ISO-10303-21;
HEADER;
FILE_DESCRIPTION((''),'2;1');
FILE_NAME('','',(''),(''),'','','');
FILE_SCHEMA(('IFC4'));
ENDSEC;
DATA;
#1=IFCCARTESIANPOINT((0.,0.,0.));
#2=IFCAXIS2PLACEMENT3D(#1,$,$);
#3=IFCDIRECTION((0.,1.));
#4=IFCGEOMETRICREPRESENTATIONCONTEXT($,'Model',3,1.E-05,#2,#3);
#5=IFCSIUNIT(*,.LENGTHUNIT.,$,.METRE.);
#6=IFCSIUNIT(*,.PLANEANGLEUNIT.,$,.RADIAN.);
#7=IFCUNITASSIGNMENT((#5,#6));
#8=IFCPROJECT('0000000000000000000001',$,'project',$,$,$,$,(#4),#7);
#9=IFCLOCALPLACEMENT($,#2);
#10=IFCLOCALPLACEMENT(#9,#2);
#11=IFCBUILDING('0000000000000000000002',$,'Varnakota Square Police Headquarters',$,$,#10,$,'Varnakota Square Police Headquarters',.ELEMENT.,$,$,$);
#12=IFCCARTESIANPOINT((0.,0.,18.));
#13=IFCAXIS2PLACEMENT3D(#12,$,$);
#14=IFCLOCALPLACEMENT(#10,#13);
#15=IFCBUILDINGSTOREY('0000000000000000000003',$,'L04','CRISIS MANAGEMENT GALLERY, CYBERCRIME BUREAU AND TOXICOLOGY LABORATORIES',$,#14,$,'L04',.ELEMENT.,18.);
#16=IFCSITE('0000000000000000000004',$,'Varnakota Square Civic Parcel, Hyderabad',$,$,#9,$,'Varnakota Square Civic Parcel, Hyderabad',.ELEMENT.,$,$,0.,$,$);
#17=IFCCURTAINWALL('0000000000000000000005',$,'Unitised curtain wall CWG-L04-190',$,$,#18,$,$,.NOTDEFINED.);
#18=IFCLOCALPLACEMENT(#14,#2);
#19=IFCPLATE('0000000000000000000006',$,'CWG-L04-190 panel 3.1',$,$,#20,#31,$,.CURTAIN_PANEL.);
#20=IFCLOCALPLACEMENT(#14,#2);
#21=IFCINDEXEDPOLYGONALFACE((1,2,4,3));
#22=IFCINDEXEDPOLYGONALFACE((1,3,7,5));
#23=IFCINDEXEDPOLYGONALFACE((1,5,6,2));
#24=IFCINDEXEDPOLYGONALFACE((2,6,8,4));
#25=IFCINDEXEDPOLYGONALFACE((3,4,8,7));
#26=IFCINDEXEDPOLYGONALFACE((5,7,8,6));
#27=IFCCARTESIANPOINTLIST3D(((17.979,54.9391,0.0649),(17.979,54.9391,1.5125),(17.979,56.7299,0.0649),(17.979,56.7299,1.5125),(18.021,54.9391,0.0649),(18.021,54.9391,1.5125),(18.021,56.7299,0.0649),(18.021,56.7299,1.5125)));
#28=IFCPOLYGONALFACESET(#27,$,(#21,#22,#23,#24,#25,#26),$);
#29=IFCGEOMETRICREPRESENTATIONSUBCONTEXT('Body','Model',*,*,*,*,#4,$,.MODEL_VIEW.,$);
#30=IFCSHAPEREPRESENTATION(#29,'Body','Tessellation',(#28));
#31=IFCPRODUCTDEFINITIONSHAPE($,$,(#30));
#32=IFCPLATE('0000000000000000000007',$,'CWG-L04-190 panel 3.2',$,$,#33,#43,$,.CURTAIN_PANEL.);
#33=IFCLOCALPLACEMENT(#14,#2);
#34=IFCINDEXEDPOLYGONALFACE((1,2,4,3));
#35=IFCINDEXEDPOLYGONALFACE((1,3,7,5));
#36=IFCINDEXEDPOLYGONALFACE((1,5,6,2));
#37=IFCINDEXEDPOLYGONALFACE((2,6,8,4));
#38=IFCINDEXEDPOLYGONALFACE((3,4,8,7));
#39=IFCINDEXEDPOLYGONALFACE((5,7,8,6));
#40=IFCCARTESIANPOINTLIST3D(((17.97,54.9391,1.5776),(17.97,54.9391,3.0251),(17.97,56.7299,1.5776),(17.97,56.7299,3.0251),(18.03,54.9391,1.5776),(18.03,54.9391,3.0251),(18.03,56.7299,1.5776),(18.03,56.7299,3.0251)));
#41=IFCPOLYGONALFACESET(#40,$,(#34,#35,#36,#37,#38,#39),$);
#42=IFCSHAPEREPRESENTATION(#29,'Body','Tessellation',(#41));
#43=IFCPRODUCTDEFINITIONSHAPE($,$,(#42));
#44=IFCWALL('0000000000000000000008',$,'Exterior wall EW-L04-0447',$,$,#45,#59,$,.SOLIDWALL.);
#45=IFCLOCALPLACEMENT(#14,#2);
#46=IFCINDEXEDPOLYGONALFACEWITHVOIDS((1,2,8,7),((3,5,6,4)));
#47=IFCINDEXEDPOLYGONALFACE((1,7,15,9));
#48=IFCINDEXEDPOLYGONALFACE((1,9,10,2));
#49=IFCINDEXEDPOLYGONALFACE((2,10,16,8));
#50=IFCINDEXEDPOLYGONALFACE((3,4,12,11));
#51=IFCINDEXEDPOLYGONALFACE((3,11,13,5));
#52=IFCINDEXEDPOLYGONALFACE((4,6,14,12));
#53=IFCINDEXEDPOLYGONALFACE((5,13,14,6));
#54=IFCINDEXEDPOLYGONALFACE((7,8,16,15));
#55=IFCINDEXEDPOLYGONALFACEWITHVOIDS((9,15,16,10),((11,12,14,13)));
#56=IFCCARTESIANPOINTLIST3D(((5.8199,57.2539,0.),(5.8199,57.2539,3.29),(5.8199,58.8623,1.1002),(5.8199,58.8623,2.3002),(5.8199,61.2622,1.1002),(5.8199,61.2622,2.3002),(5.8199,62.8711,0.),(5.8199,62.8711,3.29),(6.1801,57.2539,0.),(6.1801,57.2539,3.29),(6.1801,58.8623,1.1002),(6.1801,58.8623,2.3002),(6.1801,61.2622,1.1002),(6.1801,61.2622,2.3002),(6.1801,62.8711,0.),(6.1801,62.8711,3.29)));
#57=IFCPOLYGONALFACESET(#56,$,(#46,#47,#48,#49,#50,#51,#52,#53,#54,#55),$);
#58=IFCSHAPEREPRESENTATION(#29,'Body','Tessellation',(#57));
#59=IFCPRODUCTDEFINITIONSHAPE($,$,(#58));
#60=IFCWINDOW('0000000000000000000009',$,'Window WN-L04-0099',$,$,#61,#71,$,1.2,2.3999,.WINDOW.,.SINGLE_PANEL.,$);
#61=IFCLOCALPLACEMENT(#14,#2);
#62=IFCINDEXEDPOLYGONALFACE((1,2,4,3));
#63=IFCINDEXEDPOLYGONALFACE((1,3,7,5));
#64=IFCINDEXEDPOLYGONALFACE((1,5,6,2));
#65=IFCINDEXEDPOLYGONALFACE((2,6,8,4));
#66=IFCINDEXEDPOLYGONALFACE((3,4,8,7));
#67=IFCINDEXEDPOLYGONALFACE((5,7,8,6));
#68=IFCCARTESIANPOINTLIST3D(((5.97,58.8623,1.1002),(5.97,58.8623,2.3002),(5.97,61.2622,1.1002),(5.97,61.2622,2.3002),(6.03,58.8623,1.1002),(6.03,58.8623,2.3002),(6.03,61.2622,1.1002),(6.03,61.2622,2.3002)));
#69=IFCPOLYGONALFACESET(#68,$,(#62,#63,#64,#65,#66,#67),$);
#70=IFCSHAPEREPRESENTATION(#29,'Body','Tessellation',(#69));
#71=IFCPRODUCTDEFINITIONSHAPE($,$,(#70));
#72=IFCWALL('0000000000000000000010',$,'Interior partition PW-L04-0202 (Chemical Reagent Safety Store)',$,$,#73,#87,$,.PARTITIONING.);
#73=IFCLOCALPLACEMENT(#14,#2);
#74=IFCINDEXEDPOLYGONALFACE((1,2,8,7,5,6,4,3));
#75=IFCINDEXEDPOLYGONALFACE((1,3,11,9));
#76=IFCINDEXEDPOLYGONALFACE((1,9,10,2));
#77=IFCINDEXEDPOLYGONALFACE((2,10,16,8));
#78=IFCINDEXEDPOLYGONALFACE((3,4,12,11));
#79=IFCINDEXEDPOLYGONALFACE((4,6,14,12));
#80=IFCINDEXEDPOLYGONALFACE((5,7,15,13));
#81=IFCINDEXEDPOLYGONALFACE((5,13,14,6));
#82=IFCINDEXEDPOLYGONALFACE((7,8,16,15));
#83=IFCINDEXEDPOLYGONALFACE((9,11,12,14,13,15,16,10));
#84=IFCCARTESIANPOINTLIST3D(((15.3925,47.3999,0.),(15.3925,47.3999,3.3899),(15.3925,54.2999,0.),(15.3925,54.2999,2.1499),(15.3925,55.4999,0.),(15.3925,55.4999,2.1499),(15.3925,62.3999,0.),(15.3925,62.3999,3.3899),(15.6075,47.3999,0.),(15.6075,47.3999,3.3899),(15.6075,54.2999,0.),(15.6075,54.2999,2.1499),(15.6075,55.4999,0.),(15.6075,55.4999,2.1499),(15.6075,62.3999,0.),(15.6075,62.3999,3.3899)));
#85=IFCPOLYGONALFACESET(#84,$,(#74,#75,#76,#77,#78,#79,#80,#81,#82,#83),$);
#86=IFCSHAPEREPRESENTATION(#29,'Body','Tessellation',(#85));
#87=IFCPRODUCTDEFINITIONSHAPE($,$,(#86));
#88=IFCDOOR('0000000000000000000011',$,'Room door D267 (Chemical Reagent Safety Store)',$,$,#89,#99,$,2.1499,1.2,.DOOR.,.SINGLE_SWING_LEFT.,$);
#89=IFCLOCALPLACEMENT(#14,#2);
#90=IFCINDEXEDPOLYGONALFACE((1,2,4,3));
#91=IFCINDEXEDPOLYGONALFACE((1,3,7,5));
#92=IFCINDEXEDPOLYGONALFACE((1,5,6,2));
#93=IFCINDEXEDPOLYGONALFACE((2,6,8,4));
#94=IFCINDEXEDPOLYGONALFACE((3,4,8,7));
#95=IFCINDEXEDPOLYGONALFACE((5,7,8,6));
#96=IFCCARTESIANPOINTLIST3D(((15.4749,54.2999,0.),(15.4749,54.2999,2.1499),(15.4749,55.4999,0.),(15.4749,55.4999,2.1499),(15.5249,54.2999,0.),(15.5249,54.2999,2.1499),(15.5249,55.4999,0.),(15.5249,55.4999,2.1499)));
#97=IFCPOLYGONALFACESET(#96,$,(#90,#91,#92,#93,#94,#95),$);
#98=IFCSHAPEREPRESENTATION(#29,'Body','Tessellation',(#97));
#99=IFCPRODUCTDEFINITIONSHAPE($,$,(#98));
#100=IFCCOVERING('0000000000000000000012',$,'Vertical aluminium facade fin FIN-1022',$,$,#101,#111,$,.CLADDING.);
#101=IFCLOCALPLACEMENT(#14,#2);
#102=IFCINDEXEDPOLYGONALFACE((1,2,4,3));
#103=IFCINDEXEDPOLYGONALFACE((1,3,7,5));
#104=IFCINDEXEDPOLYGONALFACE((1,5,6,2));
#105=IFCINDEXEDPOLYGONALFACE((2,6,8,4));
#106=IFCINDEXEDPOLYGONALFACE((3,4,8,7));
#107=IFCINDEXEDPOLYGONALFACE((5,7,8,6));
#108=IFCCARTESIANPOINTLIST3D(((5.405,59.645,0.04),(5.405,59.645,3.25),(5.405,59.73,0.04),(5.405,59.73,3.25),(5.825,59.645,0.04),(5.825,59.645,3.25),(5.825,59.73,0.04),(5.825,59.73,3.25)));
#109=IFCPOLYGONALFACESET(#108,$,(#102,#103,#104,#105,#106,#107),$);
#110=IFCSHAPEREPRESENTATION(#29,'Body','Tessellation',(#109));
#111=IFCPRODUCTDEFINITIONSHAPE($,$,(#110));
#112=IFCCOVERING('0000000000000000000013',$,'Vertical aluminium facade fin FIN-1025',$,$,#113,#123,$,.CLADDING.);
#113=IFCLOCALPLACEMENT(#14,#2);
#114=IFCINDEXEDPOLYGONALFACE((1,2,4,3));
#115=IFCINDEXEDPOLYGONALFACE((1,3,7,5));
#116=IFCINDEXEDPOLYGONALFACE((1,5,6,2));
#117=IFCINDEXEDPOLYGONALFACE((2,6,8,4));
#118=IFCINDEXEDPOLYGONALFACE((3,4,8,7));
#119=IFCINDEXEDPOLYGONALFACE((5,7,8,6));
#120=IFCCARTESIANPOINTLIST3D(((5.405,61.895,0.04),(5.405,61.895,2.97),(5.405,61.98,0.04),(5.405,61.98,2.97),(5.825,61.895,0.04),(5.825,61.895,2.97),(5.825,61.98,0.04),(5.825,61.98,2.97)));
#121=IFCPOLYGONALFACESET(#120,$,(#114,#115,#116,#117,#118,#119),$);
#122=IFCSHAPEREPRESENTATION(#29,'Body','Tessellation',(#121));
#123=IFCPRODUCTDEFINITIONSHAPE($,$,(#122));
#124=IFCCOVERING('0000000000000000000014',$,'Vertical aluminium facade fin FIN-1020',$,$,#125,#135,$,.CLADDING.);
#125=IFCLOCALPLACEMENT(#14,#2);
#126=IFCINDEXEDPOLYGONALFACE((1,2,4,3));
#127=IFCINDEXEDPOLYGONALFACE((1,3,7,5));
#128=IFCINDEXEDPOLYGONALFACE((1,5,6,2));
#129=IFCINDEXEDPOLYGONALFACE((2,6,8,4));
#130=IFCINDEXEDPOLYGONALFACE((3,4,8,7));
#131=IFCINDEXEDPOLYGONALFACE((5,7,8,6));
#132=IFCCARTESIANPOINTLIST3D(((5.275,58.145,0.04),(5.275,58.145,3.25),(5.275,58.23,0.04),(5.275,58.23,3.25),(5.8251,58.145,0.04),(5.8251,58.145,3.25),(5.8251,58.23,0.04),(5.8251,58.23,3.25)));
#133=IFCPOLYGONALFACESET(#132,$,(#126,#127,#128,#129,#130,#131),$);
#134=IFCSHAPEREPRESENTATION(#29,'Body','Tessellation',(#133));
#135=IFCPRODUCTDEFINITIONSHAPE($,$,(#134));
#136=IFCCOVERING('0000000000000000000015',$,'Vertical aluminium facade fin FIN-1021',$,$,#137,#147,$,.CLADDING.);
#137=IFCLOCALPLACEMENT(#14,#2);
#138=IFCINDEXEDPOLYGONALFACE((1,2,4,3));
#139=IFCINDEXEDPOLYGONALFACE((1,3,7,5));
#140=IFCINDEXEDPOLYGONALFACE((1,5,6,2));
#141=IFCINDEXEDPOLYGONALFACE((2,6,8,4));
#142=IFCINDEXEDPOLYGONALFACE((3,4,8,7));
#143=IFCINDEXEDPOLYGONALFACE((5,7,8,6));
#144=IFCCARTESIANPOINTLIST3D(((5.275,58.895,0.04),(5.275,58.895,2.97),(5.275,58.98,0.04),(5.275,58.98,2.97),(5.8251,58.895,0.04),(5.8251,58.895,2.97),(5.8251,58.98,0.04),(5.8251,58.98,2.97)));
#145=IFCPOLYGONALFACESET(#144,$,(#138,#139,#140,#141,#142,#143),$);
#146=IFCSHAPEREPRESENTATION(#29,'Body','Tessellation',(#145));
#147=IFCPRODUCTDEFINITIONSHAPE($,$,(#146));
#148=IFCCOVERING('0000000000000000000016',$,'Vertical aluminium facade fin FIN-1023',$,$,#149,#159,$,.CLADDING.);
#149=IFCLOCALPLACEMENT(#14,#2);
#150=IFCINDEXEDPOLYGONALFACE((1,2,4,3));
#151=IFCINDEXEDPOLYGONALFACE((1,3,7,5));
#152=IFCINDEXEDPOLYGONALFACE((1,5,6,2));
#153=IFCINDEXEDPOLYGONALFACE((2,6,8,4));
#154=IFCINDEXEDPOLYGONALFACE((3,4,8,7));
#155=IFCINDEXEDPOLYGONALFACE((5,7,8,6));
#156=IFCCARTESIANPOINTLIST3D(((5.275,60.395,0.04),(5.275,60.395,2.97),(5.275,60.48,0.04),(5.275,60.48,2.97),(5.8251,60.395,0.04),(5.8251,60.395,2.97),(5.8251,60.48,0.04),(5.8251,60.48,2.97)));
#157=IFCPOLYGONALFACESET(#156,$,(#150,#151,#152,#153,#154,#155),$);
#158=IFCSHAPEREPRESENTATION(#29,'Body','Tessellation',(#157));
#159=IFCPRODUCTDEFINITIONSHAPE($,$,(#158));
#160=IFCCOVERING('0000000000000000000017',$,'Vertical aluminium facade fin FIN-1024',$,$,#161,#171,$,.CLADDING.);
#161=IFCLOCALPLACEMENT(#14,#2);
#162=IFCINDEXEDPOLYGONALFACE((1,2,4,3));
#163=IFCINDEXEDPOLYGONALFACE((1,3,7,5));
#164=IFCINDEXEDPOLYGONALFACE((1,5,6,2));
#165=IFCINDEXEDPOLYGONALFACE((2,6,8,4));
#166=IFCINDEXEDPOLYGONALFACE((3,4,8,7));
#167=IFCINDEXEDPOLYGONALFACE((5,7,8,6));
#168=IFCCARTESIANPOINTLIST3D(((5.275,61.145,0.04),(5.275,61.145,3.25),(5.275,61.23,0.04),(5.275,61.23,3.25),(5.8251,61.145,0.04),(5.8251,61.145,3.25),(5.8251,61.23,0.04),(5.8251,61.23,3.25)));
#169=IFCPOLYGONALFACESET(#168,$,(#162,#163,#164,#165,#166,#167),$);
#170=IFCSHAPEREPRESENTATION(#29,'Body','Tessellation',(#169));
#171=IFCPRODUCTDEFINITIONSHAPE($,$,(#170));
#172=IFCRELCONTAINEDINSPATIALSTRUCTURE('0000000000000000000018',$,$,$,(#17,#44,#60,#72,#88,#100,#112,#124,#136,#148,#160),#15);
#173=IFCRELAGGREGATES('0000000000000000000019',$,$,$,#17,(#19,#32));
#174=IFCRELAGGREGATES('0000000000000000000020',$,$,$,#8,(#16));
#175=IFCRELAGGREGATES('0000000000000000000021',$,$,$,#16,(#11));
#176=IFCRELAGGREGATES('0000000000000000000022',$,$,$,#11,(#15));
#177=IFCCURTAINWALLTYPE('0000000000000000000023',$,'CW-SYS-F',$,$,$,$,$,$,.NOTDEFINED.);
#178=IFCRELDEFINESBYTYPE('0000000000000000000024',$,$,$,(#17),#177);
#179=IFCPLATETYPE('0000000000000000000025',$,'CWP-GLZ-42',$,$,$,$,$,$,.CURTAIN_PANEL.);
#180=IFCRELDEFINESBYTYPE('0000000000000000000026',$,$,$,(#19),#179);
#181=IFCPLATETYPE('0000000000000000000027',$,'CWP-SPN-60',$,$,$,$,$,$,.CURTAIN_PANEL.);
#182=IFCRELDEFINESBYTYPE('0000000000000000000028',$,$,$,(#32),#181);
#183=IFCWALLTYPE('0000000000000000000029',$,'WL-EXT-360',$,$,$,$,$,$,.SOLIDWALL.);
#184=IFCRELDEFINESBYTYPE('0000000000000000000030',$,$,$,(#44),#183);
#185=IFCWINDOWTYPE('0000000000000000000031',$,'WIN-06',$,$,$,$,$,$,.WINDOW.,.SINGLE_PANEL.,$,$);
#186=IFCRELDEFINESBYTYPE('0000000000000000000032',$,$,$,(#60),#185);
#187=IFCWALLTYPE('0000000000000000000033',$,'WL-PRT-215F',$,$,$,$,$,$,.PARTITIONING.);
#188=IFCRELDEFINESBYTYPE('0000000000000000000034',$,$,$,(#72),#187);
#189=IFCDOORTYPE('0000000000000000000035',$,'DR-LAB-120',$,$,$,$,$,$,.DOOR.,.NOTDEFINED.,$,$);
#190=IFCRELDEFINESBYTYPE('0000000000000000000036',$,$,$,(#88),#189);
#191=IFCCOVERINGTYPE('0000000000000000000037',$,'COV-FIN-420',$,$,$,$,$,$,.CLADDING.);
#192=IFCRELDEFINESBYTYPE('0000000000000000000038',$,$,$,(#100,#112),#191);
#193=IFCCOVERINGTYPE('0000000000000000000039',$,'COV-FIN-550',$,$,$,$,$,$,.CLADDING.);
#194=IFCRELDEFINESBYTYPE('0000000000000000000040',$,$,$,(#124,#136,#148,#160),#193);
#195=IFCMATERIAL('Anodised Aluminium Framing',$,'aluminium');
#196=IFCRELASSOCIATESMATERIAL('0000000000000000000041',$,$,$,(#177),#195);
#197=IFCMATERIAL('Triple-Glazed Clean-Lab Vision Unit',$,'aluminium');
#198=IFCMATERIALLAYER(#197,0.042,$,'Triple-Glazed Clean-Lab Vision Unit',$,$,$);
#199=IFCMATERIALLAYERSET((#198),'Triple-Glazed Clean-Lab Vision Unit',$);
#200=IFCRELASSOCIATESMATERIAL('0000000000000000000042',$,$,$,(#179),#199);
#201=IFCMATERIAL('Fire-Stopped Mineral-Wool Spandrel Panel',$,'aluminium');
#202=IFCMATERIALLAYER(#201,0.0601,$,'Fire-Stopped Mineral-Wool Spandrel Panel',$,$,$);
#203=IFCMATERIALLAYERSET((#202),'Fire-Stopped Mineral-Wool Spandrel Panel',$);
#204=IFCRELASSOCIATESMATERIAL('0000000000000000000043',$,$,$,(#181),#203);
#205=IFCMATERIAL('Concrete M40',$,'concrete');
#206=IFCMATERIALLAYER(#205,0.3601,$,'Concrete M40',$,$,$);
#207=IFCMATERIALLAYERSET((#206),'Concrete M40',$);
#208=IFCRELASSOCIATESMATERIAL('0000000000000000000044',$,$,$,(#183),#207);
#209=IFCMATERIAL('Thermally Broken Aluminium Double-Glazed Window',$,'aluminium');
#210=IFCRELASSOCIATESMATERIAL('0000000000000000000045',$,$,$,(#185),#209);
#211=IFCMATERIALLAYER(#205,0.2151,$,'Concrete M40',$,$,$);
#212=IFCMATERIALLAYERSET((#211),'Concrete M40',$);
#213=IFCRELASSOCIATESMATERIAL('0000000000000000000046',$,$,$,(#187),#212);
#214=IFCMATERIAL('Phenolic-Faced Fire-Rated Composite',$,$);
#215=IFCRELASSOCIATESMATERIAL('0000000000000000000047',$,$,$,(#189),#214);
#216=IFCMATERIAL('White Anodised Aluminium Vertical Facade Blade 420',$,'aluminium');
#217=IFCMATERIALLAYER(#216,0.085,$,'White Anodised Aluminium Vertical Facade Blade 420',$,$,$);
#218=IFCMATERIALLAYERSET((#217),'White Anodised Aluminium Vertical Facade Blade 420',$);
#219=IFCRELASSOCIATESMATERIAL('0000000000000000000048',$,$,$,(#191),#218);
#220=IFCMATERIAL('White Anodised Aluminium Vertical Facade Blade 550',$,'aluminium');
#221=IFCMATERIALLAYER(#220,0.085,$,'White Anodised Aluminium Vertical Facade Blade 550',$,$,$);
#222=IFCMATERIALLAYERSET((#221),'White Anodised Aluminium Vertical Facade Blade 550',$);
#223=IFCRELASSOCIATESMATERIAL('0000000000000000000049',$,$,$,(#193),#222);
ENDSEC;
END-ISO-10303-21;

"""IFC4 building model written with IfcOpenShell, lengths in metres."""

from ifc_helpers import new_model, si_unit, direction, frame, frame_2d, origin, origin_2d, place, context, subcontext, project, spatial, rectangle, extrude, material, layer, layer_set, type_object, element, fill, aggregate, save


model = new_model("IFC4")

# Units and contexts
model_context = context("Model", 3, precision=1e-05, world=origin(), true_north=direction((0.0, 1.0)))
body_context = subcontext(model_context, "Body", "Model", "MODEL_VIEW")
ifc_project = project(units=[si_unit("LENGTHUNIT", "METRE"), si_unit("PLANEANGLEUNIT", "RADIAN")], contexts=[model_context])

# Site, building, storey
site_placement = place(None, origin())
site = spatial("IfcSite", under=ifc_project, at=site_placement, Name="Varnakota Square Civic Parcel, Hyderabad", LongName="Varnakota Square Civic Parcel, Hyderabad", CompositionType="ELEMENT", RefElevation=0.0)
building_placement = place(site_placement, origin())
building = spatial("IfcBuilding", under=site, at=building_placement, Name="Varnakota Square Police Headquarters", LongName="Varnakota Square Police Headquarters", CompositionType="ELEMENT")
storey_placement = place(building_placement, frame((0.0, 0.0, 18.0)))
storey = spatial("IfcBuildingStorey", under=building, at=storey_placement, Name="L04", Description="CRISIS MANAGEMENT GALLERY, CYBERCRIME BUREAU AND TOXICOLOGY LABORATORIES", LongName="L04", CompositionType="ELEMENT", Elevation=18.0)

# Curtain wall
ifc_material_1 = material(Name="Anodised Aluminium Framing", Category="aluminium")
curtain_wall_type = type_object("IfcCurtainWallType", Name="CW-SYS-F", PredefinedType="NOTDEFINED", material=ifc_material_1)
curtain_wall_placement = place(storey_placement, origin())
curtain_wall = element("IfcCurtainWall", 1, at=curtain_wall_placement, inside=storey, type_object=curtain_wall_type, Name="Unitised curtain wall CWG-L04-190", PredefinedType="NOTDEFINED")

# Plates
ifc_material_2 = material(Name="Triple-Glazed Clean-Lab Vision Unit", Category="aluminium")
ifc_layer_1 = layer(ifc_material_2, 0.042, Name="Triple-Glazed Clean-Lab Vision Unit")
ifc_layer_set_1 = layer_set([ifc_layer_1], Name="Triple-Glazed Clean-Lab Vision Unit")
plate_type_1 = type_object("IfcPlateType", Name="CWP-GLZ-42", PredefinedType="CURTAIN_PANEL", material=ifc_layer_set_1)
plate_1_placement = place(storey_placement, frame((18.0, 55.8345, 0.0649), z_axis=(0.0, 0.0, 1.0), x_axis=(0.0, 1.0, 0.0)))
plate_1 = element("IfcPlate", 2, at=plate_1_placement, type_object=plate_type_1, Name="CWG-L04-190 panel 3.1", PredefinedType="CURTAIN_PANEL", context=body_context, shape_type="SweptSolid", body=[
    extrude(rectangle(XDim=1.7908, YDim=0.042, at=origin_2d()), origin(), (0.0, 0.0, 1.0), 1.4475),
])
ifc_material_3 = material(Name="Fire-Stopped Mineral-Wool Spandrel Panel", Category="aluminium")
ifc_layer_2 = layer(ifc_material_3, 0.0601, Name="Fire-Stopped Mineral-Wool Spandrel Panel")
ifc_layer_set_2 = layer_set([ifc_layer_2], Name="Fire-Stopped Mineral-Wool Spandrel Panel")
plate_type_2 = type_object("IfcPlateType", Name="CWP-SPN-60", PredefinedType="CURTAIN_PANEL", material=ifc_layer_set_2)
plate_2_placement = place(storey_placement, frame((18.0, 55.8345, 1.5776), z_axis=(0.0, 0.0, 1.0), x_axis=(0.0, 1.0, 0.0)))
plate_2 = element("IfcPlate", 3, at=plate_2_placement, type_object=plate_type_2, Name="CWG-L04-190 panel 3.2", PredefinedType="CURTAIN_PANEL", context=body_context, shape_type="SweptSolid", body=[
    extrude(rectangle(XDim=1.7908, YDim=0.0601, at=origin_2d()), origin(), (0.0, 0.0, 1.0), 1.4475),
])
aggregate(curtain_wall, [plate_1, plate_2])

# Wall, opening, window
ifc_material_4 = material(Name="Concrete M40", Category="concrete")
ifc_layer_3 = layer(ifc_material_4, 0.3601, Name="Concrete M40")
ifc_layer_set_3 = layer_set([ifc_layer_3], Name="Concrete M40")
wall_type_1 = type_object("IfcWallType", Name="WL-EXT-360", PredefinedType="SOLIDWALL", material=ifc_layer_set_3)
wall_1_placement = place(storey_placement, frame((6.0, 57.2539, 0.0), z_axis=(0.0, 0.0, 1.0), x_axis=(0.0, 1.0, 0.0)))
wall_1 = element("IfcWall", 4, at=wall_1_placement, inside=storey, type_object=wall_type_1, Name="Exterior wall EW-L04-0447", PredefinedType="SOLIDWALL", context=body_context, shape_type="SweptSolid", body=[
    extrude(rectangle(XDim=5.6172, YDim=0.3601, at=frame_2d((2.8086, 0.0))), origin(), (0.0, 0.0, 1.0), 3.29),
])
opening_1_placement = place(wall_1_placement, frame((1.6084, 0.0, 1.1001)))
opening_1 = element("IfcOpeningElement", 5, at=opening_1_placement, cuts=wall_1, PredefinedType="OPENING", context=body_context, shape_type="SweptSolid", body=[
    extrude(rectangle(XDim=2.3999, YDim=1.2, at=frame_2d((1.2, 0.6001))), frame((0.0, 0.1899, 0.0), z_axis=(0.0, -1.0, 0.0), x_axis=(1.0, 0.0, 0.0)), (0.0, 0.0, 1.0), 0.3801),
])
ifc_material_5 = material(Name="Thermally Broken Aluminium Double-Glazed Window", Category="aluminium")
window_type = type_object("IfcWindowType", Name="WIN-06", PartitioningType="SINGLE_PANEL", PredefinedType="WINDOW", material=ifc_material_5)
window_placement = place(opening_1_placement, origin())
window = element("IfcWindow", 6, at=window_placement, inside=storey, type_object=window_type, Name="Window WN-L04-0099", OverallHeight=1.2, OverallWidth=2.3999, PartitioningType="SINGLE_PANEL", PredefinedType="WINDOW", context=body_context, shape_type="SweptSolid", body=[
    extrude(rectangle(XDim=2.3999, YDim=1.2, at=frame_2d((1.2, 0.6001))), frame((0.0, 0.03, 0.0), z_axis=(0.0, -1.0, 0.0), x_axis=(1.0, 0.0, 0.0)), (0.0, 0.0, 1.0), 0.0601),
])
fill(opening_1, window)

# Wall, opening, door
ifc_layer_4 = layer(ifc_material_4, 0.2151, Name="Concrete M40")
ifc_layer_set_4 = layer_set([ifc_layer_4], Name="Concrete M40")
wall_type_2 = type_object("IfcWallType", Name="WL-PRT-215F", PredefinedType="PARTITIONING", material=ifc_layer_set_4)
wall_2_placement = place(storey_placement, frame((15.5, 62.3999, 0.0), z_axis=(0.0, 0.0, 1.0), x_axis=(0.0, -1.0, 0.0)))
wall_2 = element("IfcWall", 7, at=wall_2_placement, inside=storey, type_object=wall_type_2, Name="Interior partition PW-L04-0202 (Chemical Reagent Safety Store)", PredefinedType="PARTITIONING", context=body_context, shape_type="SweptSolid", body=[
    extrude(rectangle(XDim=15.0, YDim=0.2151, at=frame_2d((7.5, 0.0))), origin(), (0.0, 0.0, 1.0), 3.3899),
])
opening_2_placement = place(wall_2_placement, frame((6.8999, 0.0, 0.0)))
opening_2 = element("IfcOpeningElement", 8, at=opening_2_placement, cuts=wall_2, PredefinedType="OPENING", context=body_context, shape_type="SweptSolid", body=[
    extrude(rectangle(XDim=1.2, YDim=2.1499, at=frame_2d((0.6001, 1.075))), frame((0.0, 0.1174, 0.0), z_axis=(0.0, -1.0, 0.0), x_axis=(1.0, 0.0, 0.0)), (0.0, 0.0, 1.0), 0.2351),
])
ifc_material_6 = material(Name="Phenolic-Faced Fire-Rated Composite")
door_type = type_object("IfcDoorType", Name="DR-LAB-120", OperationType="NOTDEFINED", PredefinedType="DOOR", material=ifc_material_6)
door_placement = place(opening_2_placement, origin())
door = element("IfcDoor", 9, at=door_placement, inside=storey, type_object=door_type, Name="Room door D267 (Chemical Reagent Safety Store)", OperationType="SINGLE_SWING_LEFT", OverallHeight=2.1499, OverallWidth=1.2, PredefinedType="DOOR", context=body_context, shape_type="SweptSolid", body=[
    extrude(rectangle(XDim=1.2, YDim=2.1499, at=frame_2d((0.6001, 1.075))), frame((0.0, 0.0249, 0.0), z_axis=(0.0, -1.0, 0.0), x_axis=(1.0, 0.0, 0.0)), (0.0, 0.0, 1.0), 0.05),
])
fill(opening_2, door)

# Coverings
ifc_material_7 = material(Name="White Anodised Aluminium Vertical Facade Blade 420", Category="aluminium")
ifc_layer_5 = layer(ifc_material_7, 0.085, Name="White Anodised Aluminium Vertical Facade Blade 420")
ifc_layer_set_5 = layer_set([ifc_layer_5], Name="White Anodised Aluminium Vertical Facade Blade 420")
covering_type_1 = type_object("IfcCoveringType", Name="COV-FIN-420", PredefinedType="CLADDING", material=ifc_layer_set_5)
covering_1_placement = place(storey_placement, frame((5.615, 59.6875, 0.04), z_axis=(0.0, 0.0, 1.0), x_axis=(0.0, 1.0, 0.0)))
element("IfcCovering", 10, at=covering_1_placement, inside=storey, type_object=covering_type_1, Name="Vertical aluminium facade fin FIN-1022", PredefinedType="CLADDING", context=body_context, shape_type="SweptSolid", body=[
    extrude(rectangle(XDim=0.085, YDim=0.4199, at=origin_2d()), origin(), (0.0, 0.0, 1.0), 3.21),
])
covering_2_placement = place(storey_placement, frame((5.615, 61.9375, 0.04), z_axis=(0.0, 0.0, 1.0), x_axis=(0.0, 1.0, 0.0)))
element("IfcCovering", 11, at=covering_2_placement, inside=storey, type_object=covering_type_1, Name="Vertical aluminium facade fin FIN-1025", PredefinedType="CLADDING", context=body_context, shape_type="SweptSolid", body=[
    extrude(rectangle(XDim=0.085, YDim=0.4199, at=origin_2d()), origin(), (0.0, 0.0, 1.0), 2.9299),
])
ifc_material_8 = material(Name="White Anodised Aluminium Vertical Facade Blade 550", Category="aluminium")
ifc_layer_6 = layer(ifc_material_8, 0.085, Name="White Anodised Aluminium Vertical Facade Blade 550")
ifc_layer_set_6 = layer_set([ifc_layer_6], Name="White Anodised Aluminium Vertical Facade Blade 550")
covering_type_2 = type_object("IfcCoveringType", Name="COV-FIN-550", PredefinedType="CLADDING", material=ifc_layer_set_6)
covering_3_placement = place(storey_placement, frame((5.55, 58.1875, 0.04), z_axis=(0.0, 0.0, 1.0), x_axis=(0.0, 1.0, 0.0)))
element("IfcCovering", 12, at=covering_3_placement, inside=storey, type_object=covering_type_2, Name="Vertical aluminium facade fin FIN-1020", PredefinedType="CLADDING", context=body_context, shape_type="SweptSolid", body=[
    extrude(rectangle(XDim=0.085, YDim=0.55, at=origin_2d()), origin(), (0.0, 0.0, 1.0), 3.21),
])
for number, where, z_axis, x_axis, name in (
    (13, (5.55, 58.9375, 0.04), (0.0, 0.0, 1.0), (0.0, 1.0, 0.0), "Vertical aluminium facade fin FIN-1021"),
    (14, (5.55, 60.4375, 0.04), (0.0, 0.0, 1.0), (0.0, 1.0, 0.0), "Vertical aluminium facade fin FIN-1023"),
):
    element("IfcCovering", number, at=place(storey_placement, frame(where, z_axis=z_axis, x_axis=x_axis)), inside=storey, type_object=covering_type_2, Name=name, PredefinedType="CLADDING", context=body_context, shape_type="SweptSolid", body=[
        extrude(rectangle(XDim=0.085, YDim=0.55, at=origin_2d()), origin(), (0.0, 0.0, 1.0), 2.9299),
    ])
covering_4_placement = place(storey_placement, frame((5.55, 61.1875, 0.04), z_axis=(0.0, 0.0, 1.0), x_axis=(0.0, 1.0, 0.0)))
element("IfcCovering", 15, at=covering_4_placement, inside=storey, type_object=covering_type_2, Name="Vertical aluminium facade fin FIN-1024", PredefinedType="CLADDING", context=body_context, shape_type="SweptSolid", body=[
    extrude(rectangle(XDim=0.085, YDim=0.55, at=origin_2d()), origin(), (0.0, 0.0, 1.0), 3.21),
])

save(model, "model.ifc")
